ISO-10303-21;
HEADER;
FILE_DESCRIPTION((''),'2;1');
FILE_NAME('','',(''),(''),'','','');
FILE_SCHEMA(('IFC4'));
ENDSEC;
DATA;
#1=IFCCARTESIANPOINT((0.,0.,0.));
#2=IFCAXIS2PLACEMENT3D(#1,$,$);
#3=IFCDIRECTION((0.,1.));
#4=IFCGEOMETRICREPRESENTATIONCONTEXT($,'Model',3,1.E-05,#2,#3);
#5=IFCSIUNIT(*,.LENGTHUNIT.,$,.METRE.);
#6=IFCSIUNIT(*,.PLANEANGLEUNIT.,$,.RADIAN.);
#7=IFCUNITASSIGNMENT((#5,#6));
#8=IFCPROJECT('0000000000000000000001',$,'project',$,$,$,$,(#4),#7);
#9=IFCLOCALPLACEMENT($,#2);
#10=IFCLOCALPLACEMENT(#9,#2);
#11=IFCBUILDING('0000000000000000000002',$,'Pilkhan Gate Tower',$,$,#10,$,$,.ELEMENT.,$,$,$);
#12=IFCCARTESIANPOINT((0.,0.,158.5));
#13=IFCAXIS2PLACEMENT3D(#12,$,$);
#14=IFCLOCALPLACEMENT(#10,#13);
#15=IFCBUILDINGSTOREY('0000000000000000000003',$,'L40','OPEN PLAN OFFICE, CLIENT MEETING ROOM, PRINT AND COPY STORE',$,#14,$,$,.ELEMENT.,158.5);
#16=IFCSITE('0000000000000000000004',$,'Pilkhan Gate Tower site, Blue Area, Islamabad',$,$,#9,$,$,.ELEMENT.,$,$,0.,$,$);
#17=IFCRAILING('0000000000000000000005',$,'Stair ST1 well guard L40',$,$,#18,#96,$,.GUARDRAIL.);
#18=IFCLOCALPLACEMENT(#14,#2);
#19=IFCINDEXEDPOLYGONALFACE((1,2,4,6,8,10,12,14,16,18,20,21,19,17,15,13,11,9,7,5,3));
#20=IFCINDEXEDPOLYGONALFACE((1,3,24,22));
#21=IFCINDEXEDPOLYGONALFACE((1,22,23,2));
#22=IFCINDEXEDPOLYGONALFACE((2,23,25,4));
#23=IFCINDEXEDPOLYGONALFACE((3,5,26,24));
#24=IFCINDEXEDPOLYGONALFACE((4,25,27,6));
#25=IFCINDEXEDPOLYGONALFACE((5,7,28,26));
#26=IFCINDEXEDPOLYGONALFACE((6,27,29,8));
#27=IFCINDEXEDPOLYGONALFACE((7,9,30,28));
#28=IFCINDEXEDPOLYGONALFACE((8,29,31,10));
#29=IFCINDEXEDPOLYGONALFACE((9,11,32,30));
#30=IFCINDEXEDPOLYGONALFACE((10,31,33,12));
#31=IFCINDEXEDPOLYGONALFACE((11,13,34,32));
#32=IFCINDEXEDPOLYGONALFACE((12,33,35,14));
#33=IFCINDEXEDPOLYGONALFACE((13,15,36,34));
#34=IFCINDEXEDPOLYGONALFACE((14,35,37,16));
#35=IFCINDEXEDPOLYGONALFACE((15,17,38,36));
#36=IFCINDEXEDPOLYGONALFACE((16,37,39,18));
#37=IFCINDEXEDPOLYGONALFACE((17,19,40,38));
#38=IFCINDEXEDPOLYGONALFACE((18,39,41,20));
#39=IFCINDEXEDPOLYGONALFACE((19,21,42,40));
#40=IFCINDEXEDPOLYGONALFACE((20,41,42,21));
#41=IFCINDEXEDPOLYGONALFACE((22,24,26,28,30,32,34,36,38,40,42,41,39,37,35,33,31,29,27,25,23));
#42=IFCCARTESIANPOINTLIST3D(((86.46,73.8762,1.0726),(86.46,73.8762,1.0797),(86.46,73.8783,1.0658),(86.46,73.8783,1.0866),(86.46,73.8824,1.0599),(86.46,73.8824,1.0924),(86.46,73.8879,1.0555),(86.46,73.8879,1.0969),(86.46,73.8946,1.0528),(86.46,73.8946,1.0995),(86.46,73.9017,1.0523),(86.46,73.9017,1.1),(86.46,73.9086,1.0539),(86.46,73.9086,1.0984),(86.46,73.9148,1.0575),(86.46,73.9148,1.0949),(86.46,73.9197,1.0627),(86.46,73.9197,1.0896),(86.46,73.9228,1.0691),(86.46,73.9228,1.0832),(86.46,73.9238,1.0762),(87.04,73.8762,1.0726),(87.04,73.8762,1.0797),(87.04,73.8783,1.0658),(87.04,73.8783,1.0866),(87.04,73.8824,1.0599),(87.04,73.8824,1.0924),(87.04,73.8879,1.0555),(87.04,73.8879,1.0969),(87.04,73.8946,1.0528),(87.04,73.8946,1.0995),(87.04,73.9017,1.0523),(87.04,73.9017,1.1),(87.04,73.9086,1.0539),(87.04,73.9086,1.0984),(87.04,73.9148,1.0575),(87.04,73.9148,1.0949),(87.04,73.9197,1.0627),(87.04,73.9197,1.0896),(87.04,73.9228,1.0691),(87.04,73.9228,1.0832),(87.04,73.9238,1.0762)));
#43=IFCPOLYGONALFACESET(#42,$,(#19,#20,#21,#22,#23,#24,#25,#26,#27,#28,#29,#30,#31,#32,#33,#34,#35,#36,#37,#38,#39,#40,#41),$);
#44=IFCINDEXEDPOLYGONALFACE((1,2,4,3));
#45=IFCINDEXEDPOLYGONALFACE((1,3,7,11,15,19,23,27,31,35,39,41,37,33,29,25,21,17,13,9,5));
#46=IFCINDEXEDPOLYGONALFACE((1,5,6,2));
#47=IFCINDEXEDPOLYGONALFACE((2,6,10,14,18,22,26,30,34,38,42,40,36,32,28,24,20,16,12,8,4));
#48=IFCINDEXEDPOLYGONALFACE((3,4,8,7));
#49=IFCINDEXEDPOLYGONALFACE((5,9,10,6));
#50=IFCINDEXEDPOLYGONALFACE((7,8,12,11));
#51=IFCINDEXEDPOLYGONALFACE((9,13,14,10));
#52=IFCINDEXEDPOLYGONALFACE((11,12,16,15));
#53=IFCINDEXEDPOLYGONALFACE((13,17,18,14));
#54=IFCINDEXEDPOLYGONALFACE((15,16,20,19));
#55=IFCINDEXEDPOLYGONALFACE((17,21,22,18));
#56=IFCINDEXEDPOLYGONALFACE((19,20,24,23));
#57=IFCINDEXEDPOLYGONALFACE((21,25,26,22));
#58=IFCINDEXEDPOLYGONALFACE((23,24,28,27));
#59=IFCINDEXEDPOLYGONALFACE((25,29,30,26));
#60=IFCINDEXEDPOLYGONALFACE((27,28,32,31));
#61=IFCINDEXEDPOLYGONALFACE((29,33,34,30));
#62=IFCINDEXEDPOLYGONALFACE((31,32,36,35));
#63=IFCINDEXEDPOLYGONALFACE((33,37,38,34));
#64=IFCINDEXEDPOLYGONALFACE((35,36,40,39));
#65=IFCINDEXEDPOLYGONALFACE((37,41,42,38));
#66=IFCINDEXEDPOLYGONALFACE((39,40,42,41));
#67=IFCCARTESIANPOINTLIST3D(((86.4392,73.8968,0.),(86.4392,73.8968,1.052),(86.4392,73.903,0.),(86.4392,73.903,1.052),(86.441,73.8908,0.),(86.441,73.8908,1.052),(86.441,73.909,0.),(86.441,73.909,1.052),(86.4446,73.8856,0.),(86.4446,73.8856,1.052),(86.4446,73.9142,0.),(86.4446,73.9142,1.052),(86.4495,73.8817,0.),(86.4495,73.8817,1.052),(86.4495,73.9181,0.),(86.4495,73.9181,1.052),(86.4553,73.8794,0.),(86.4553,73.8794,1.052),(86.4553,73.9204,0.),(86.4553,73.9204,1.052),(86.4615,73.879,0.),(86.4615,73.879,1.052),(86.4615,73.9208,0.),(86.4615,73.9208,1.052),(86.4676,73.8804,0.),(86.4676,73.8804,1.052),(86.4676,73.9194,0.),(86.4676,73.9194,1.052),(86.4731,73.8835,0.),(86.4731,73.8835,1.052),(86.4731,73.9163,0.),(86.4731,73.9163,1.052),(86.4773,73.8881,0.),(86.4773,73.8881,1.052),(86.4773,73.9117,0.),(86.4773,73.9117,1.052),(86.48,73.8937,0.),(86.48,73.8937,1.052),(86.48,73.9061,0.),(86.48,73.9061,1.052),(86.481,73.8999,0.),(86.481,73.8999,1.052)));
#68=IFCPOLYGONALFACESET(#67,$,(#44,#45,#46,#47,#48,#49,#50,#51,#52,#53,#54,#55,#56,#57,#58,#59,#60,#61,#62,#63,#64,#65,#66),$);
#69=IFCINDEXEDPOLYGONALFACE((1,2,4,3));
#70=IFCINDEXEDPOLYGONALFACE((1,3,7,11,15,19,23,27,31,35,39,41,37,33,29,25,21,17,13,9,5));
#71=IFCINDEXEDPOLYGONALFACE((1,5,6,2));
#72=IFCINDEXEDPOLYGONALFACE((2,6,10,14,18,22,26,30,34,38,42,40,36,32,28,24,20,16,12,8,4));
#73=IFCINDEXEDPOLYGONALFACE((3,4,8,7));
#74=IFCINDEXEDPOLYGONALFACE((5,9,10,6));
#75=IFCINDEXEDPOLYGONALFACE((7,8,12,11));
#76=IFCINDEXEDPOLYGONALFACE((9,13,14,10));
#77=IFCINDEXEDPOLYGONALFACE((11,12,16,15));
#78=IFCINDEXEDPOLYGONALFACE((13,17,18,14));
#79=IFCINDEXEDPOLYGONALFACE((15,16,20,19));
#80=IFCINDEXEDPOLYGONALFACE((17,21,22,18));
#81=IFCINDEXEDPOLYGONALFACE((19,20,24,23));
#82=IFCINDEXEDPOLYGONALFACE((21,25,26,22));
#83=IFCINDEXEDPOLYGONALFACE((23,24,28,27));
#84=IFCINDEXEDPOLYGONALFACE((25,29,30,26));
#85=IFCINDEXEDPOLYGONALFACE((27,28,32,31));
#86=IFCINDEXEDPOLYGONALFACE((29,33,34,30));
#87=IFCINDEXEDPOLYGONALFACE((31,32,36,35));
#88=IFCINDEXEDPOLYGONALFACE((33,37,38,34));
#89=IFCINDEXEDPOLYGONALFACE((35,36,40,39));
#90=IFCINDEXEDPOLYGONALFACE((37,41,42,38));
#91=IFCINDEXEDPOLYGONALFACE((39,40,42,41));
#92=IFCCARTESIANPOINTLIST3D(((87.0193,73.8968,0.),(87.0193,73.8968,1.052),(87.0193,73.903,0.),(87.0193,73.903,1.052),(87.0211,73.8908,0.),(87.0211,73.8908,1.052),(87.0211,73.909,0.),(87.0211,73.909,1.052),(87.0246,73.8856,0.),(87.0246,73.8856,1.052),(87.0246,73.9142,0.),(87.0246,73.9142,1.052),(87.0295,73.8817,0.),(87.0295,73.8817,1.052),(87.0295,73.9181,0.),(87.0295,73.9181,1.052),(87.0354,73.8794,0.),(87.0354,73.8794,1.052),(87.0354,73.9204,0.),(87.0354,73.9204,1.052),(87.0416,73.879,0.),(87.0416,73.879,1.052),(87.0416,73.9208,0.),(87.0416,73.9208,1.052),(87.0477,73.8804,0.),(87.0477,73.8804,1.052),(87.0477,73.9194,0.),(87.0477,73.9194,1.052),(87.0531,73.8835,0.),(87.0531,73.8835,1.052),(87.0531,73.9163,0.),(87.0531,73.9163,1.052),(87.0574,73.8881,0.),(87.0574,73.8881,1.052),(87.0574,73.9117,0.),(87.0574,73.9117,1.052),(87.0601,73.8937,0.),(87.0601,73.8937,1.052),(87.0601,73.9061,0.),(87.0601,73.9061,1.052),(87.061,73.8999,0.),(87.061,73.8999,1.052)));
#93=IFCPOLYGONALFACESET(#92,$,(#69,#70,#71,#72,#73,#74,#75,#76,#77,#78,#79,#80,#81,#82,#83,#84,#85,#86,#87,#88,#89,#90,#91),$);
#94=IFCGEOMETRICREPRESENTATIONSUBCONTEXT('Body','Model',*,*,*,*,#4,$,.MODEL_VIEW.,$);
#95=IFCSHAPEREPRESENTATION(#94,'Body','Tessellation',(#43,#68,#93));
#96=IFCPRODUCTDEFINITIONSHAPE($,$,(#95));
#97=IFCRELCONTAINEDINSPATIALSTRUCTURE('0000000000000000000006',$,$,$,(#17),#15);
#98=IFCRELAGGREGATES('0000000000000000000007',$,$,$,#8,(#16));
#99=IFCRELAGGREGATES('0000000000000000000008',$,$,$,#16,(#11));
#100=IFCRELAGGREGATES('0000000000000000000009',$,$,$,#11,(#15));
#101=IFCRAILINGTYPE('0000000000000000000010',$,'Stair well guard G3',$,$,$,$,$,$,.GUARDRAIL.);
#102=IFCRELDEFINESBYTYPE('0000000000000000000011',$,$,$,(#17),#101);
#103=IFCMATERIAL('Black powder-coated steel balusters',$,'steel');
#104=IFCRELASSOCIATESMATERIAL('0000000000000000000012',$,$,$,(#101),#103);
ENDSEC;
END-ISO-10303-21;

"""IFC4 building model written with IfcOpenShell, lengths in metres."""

from ifc_helpers import new_model, si_unit, direction, frame, origin, origin_2d, place, context, subcontext, project, spatial, circle, extrude, material, type_object, element, save


model = new_model("IFC4")

# Units and contexts
model_context = context("Model", 3, precision=1e-05, world=origin(), true_north=direction((0.0, 1.0)))
body_context = subcontext(model_context, "Body", "Model", "MODEL_VIEW")
ifc_project = project(units=[si_unit("LENGTHUNIT", "METRE"), si_unit("PLANEANGLEUNIT", "RADIAN")], contexts=[model_context])

# Site, building, storey
site_placement = place(None, origin())
site = spatial("IfcSite", under=ifc_project, at=site_placement, Name="Pilkhan Gate Tower site, Blue Area, Islamabad", CompositionType="ELEMENT", RefElevation=0.0)
building_placement = place(site_placement, origin())
building = spatial("IfcBuilding", under=site, at=building_placement, Name="Pilkhan Gate Tower", CompositionType="ELEMENT")
storey_placement = place(building_placement, frame((0.0, 0.0, 158.5)))
storey = spatial("IfcBuildingStorey", under=building, at=storey_placement, Name="L40", Description="OPEN PLAN OFFICE, CLIENT MEETING ROOM, PRINT AND COPY STORE", CompositionType="ELEMENT", Elevation=158.5)

# Railing
ifc_material_1 = material(Name="Black powder-coated steel balusters", Category="steel")
railing_type_1 = type_object("IfcRailingType", Name="Stair well guard G3", PredefinedType="GUARDRAIL", material=ifc_material_1)
railing_1_placement = place(storey_placement, frame((86.46, 73.8999, 0.0)))
element("IfcRailing", 1, at=railing_1_placement, inside=storey, type_object=railing_type_1, Name="Stair ST1 well guard L40", PredefinedType="GUARDRAIL", context=body_context, shape_type="SweptSolid", body=[
    extrude(circle(Radius=0.0239, at=origin_2d()), frame((0.0, 0.0, 1.0762), z_axis=(1.0, 0.0, 0.0), x_axis=(0.0, 1.0, 0.0)), (0.0, 0.0, 1.0), 0.5801),
    extrude(circle(Radius=0.021, at=origin_2d()), origin(), (0.0, 0.0, 1.0), 1.052),
    extrude(circle(Radius=0.021, at=origin_2d()), frame((0.5801, 0.0, 0.0)), (0.0, 0.0, 1.0), 1.052),
])

save(model, "model.ifc")
